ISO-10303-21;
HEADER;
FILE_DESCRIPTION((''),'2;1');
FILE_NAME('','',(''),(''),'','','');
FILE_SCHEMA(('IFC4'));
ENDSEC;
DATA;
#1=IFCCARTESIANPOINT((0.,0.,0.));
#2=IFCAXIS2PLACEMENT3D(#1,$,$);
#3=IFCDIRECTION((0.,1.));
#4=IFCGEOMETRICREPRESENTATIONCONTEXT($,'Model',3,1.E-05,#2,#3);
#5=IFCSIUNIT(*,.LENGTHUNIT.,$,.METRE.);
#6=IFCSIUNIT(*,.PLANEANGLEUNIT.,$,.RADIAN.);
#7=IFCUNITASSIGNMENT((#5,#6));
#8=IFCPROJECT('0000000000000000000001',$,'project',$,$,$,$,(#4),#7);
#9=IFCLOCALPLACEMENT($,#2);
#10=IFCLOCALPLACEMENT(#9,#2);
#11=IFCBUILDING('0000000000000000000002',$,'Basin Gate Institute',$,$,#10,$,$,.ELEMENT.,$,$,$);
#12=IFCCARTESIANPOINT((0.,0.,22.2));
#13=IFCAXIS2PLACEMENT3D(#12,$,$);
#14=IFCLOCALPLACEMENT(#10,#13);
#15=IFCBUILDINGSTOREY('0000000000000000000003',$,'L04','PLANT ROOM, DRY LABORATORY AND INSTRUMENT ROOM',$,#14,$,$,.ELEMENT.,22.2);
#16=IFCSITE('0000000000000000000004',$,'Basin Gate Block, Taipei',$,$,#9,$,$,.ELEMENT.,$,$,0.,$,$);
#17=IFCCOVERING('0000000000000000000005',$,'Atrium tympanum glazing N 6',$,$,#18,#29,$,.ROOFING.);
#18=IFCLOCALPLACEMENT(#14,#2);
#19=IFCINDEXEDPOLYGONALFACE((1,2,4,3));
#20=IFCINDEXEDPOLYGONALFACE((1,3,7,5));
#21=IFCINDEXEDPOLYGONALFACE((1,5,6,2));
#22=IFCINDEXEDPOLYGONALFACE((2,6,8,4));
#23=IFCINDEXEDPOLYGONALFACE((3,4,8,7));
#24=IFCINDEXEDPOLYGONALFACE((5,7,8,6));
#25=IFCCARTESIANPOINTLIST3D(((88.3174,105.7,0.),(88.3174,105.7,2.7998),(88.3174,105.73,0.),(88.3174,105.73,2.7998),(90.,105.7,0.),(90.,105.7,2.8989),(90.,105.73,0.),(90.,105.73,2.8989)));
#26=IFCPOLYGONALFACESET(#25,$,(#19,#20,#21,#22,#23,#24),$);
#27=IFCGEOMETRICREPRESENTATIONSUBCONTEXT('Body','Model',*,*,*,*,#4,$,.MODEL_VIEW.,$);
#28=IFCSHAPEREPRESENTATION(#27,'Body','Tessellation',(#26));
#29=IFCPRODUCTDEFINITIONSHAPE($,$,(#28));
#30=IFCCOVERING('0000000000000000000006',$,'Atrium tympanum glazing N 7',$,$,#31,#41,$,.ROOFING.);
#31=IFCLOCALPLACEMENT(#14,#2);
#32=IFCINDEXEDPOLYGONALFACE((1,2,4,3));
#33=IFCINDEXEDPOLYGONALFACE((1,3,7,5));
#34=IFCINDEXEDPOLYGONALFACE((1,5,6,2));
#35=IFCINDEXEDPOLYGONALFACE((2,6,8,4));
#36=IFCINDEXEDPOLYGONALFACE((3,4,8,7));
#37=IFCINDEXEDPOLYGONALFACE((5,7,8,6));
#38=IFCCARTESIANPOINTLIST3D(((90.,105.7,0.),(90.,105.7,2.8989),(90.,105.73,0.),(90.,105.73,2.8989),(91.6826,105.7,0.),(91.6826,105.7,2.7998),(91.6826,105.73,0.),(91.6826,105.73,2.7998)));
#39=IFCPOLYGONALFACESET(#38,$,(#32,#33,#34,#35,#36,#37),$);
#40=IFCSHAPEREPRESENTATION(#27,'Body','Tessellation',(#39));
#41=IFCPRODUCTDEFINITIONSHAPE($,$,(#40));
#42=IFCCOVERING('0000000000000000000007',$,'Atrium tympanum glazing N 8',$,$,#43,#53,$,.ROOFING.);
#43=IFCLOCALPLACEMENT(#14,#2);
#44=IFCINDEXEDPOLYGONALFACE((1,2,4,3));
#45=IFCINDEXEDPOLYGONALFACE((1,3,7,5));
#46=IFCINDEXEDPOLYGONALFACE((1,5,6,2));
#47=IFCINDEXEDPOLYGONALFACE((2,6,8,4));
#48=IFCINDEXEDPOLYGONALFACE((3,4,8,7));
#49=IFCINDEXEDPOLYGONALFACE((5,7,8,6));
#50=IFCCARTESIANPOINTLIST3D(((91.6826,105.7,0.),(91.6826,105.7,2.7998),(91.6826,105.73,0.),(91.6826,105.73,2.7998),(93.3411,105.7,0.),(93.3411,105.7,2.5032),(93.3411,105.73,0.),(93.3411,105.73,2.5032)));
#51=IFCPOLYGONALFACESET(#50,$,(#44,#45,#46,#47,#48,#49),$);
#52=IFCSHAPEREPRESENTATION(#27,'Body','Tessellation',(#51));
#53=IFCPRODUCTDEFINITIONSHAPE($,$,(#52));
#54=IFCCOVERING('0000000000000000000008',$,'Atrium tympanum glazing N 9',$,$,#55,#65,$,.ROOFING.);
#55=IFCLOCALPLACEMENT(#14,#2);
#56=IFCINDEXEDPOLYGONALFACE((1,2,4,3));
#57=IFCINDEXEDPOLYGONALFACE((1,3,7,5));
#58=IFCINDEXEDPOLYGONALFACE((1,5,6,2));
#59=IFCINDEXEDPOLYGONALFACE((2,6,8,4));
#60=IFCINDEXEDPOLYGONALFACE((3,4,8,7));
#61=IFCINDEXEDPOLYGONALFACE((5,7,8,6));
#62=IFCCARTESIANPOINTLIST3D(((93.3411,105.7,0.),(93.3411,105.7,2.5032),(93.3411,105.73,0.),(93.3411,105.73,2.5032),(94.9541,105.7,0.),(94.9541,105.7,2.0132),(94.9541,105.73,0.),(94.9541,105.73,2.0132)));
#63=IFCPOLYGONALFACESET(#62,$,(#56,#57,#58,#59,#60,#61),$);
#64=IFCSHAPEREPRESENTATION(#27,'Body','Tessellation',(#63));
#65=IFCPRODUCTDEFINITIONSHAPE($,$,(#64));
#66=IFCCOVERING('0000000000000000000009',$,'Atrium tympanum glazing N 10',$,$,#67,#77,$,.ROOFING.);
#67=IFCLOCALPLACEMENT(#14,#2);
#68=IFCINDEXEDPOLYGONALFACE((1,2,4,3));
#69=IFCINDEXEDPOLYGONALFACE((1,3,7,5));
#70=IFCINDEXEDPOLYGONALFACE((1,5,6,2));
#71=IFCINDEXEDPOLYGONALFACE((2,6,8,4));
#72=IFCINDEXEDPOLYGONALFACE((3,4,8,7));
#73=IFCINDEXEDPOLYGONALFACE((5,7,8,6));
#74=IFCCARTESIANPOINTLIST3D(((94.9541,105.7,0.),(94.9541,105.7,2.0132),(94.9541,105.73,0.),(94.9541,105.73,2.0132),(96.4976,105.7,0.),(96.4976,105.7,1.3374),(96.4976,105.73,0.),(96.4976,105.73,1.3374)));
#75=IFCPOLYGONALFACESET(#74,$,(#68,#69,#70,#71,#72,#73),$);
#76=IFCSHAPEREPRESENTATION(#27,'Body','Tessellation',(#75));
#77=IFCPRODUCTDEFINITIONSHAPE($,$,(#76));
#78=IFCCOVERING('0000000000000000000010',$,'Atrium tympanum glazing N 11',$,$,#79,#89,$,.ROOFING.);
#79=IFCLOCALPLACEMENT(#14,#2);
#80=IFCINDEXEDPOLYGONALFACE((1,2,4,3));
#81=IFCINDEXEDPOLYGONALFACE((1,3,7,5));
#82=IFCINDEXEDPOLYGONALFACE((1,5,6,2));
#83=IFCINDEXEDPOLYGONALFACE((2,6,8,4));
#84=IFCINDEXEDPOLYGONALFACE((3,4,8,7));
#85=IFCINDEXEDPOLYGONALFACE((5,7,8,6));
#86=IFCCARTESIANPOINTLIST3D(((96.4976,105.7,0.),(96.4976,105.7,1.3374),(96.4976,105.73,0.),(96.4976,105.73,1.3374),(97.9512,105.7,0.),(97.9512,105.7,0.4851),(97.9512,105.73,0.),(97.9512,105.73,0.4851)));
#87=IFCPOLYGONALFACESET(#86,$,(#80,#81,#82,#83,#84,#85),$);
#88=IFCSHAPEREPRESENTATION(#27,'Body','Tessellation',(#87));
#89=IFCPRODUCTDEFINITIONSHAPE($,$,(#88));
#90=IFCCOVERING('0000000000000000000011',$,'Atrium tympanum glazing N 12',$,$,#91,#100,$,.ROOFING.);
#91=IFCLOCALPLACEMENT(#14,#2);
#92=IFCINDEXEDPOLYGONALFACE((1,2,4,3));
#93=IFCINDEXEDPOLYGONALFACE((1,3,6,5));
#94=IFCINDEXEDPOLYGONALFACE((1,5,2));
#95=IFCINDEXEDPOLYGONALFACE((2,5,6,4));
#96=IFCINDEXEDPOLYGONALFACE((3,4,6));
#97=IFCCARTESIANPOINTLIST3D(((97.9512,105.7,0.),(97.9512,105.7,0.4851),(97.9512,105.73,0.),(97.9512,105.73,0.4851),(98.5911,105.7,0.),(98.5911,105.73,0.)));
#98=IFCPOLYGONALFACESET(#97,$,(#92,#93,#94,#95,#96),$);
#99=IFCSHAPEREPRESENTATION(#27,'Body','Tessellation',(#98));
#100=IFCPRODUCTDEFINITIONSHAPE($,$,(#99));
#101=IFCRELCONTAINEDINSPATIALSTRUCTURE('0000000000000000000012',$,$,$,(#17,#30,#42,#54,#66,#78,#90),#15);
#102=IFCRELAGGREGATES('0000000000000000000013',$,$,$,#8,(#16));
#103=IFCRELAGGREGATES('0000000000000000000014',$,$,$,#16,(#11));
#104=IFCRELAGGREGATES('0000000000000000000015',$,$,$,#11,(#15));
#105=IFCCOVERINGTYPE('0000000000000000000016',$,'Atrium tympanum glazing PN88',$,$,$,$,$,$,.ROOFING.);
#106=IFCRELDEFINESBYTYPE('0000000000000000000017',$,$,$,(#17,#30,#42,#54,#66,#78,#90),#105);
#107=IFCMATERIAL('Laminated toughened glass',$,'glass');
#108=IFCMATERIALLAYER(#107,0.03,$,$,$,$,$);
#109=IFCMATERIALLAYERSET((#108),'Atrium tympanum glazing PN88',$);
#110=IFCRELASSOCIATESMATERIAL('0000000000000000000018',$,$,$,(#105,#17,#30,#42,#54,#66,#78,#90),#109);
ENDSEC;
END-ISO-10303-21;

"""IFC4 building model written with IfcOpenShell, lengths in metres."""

from ifc_helpers import new_model, si_unit, direction, frame, origin, place, context, subcontext, project, spatial, polyline, outline, extrude, material, layer, layer_set, type_object, element, save


model = new_model("IFC4")

# Units and contexts
model_context = context("Model", 3, precision=1e-05, world=origin(), true_north=direction((0.0, 1.0)))
body_context = subcontext(model_context, "Body", "Model", "MODEL_VIEW")
ifc_project = project(units=[si_unit("LENGTHUNIT", "METRE"), si_unit("PLANEANGLEUNIT", "RADIAN")], contexts=[model_context])

# Site, building, storey
site_placement = place(None, origin())
site = spatial("IfcSite", under=ifc_project, at=site_placement, Name="Basin Gate Block, Taipei", CompositionType="ELEMENT", RefElevation=0.0)
building_placement = place(site_placement, origin())
building = spatial("IfcBuilding", under=site, at=building_placement, Name="Basin Gate Institute", CompositionType="ELEMENT")
storey_placement = place(building_placement, frame((0.0, 0.0, 22.2)))
storey = spatial("IfcBuildingStorey", under=building, at=storey_placement, Name="L04", Description="PLANT ROOM, DRY LABORATORY AND INSTRUMENT ROOM", CompositionType="ELEMENT", Elevation=22.2)

# Coverings
ifc_material_1 = material(Name="Laminated toughened glass", Category="glass")
ifc_layer = layer(ifc_material_1, 0.03)
ifc_layer_set = layer_set([ifc_layer], Name="Atrium tympanum glazing PN88")
covering_type = type_object("IfcCoveringType", Name="Atrium tympanum glazing PN88", PredefinedType="ROOFING", material=ifc_layer_set)
covering_1_placement = place(storey_placement, frame((88.3174, 105.7, 0.0), z_axis=(0.0, -1.0, 0.0), x_axis=(1.0, 0.0, 0.0)))
element("IfcCovering", 1, at=covering_1_placement, inside=storey, type_object=covering_type, material=ifc_layer_set, Name="Atrium tympanum glazing N 6", PredefinedType="ROOFING", context=body_context, shape_type="SweptSolid", body=[
    extrude(outline(polyline([(0.0, 0.0), (1.6826, 0.0), (1.6826, 2.8989), (0.0, 2.7998), (0.0, 0.0)])), origin(), (0.0, 0.0, -1.0), 0.03),
])
covering_2_placement = place(storey_placement, frame((90.0, 105.7, 0.0), z_axis=(0.0, -1.0, 0.0), x_axis=(1.0, 0.0, 0.0)))
element("IfcCovering", 2, at=covering_2_placement, inside=storey, type_object=covering_type, material=ifc_layer_set, Name="Atrium tympanum glazing N 7", PredefinedType="ROOFING", context=body_context, shape_type="SweptSolid", body=[
    extrude(outline(polyline([(0.0, 0.0), (1.6826, 0.0), (1.6826, 2.7998), (0.0, 2.8989), (0.0, 0.0)])), origin(), (0.0, 0.0, -1.0), 0.03),
])
covering_3_placement = place(storey_placement, frame((91.6826, 105.7, 0.0), z_axis=(0.0, -1.0, 0.0), x_axis=(1.0, 0.0, 0.0)))
element("IfcCovering", 3, at=covering_3_placement, inside=storey, type_object=covering_type, material=ifc_layer_set, Name="Atrium tympanum glazing N 8", PredefinedType="ROOFING", context=body_context, shape_type="SweptSolid", body=[
    extrude(outline(polyline([(0.0, 0.0), (1.6584, 0.0), (1.6584, 2.5032), (0.0, 2.7998), (0.0, 0.0)])), origin(), (0.0, 0.0, -1.0), 0.03),
])
covering_4_placement = place(storey_placement, frame((93.3411, 105.7, 0.0), z_axis=(0.0, -1.0, 0.0), x_axis=(1.0, 0.0, 0.0)))
element("IfcCovering", 4, at=covering_4_placement, inside=storey, type_object=covering_type, material=ifc_layer_set, Name="Atrium tympanum glazing N 9", PredefinedType="ROOFING", context=body_context, shape_type="SweptSolid", body=[
    extrude(outline(polyline([(0.0, 0.0), (1.613, 0.0), (1.613, 2.0132), (0.0, 2.5032), (0.0, 0.0)])), origin(), (0.0, 0.0, -1.0), 0.03),
])
covering_5_placement = place(storey_placement, frame((94.9541, 105.7, 0.0), z_axis=(0.0, -1.0, 0.0), x_axis=(1.0, 0.0, 0.0)))
element("IfcCovering", 5, at=covering_5_placement, inside=storey, type_object=covering_type, material=ifc_layer_set, Name="Atrium tympanum glazing N 10", PredefinedType="ROOFING", context=body_context, shape_type="SweptSolid", body=[
    extrude(outline(polyline([(0.0, 0.0), (1.5435, 0.0), (1.5435, 1.3374), (0.0, 2.0132), (0.0, 0.0)])), origin(), (0.0, 0.0, -1.0), 0.03),
])
covering_6_placement = place(storey_placement, frame((96.4976, 105.7, 0.0), z_axis=(0.0, -1.0, 0.0), x_axis=(1.0, 0.0, 0.0)))
element("IfcCovering", 6, at=covering_6_placement, inside=storey, type_object=covering_type, material=ifc_layer_set, Name="Atrium tympanum glazing N 11", PredefinedType="ROOFING", context=body_context, shape_type="SweptSolid", body=[
    extrude(outline(polyline([(0.0, 0.0), (1.4536, 0.0), (1.4536, 0.4851), (0.0, 1.3374), (0.0, 0.0)])), origin(), (0.0, 0.0, -1.0), 0.03),
])
covering_7_placement = place(storey_placement, frame((97.9512, 105.7, 0.0), z_axis=(0.0, -1.0, 0.0), x_axis=(1.0, 0.0, 0.0)))
element("IfcCovering", 7, at=covering_7_placement, inside=storey, type_object=covering_type, material=ifc_layer_set, Name="Atrium tympanum glazing N 12", PredefinedType="ROOFING", context=body_context, shape_type="SweptSolid", body=[
    extrude(outline(polyline([(0.0, 0.0), (0.6399, 0.0), (0.0, 0.4851), (0.0, 0.0)])), origin(), (0.0, 0.0, -1.0), 0.03),
])

save(model, "model.ifc")
